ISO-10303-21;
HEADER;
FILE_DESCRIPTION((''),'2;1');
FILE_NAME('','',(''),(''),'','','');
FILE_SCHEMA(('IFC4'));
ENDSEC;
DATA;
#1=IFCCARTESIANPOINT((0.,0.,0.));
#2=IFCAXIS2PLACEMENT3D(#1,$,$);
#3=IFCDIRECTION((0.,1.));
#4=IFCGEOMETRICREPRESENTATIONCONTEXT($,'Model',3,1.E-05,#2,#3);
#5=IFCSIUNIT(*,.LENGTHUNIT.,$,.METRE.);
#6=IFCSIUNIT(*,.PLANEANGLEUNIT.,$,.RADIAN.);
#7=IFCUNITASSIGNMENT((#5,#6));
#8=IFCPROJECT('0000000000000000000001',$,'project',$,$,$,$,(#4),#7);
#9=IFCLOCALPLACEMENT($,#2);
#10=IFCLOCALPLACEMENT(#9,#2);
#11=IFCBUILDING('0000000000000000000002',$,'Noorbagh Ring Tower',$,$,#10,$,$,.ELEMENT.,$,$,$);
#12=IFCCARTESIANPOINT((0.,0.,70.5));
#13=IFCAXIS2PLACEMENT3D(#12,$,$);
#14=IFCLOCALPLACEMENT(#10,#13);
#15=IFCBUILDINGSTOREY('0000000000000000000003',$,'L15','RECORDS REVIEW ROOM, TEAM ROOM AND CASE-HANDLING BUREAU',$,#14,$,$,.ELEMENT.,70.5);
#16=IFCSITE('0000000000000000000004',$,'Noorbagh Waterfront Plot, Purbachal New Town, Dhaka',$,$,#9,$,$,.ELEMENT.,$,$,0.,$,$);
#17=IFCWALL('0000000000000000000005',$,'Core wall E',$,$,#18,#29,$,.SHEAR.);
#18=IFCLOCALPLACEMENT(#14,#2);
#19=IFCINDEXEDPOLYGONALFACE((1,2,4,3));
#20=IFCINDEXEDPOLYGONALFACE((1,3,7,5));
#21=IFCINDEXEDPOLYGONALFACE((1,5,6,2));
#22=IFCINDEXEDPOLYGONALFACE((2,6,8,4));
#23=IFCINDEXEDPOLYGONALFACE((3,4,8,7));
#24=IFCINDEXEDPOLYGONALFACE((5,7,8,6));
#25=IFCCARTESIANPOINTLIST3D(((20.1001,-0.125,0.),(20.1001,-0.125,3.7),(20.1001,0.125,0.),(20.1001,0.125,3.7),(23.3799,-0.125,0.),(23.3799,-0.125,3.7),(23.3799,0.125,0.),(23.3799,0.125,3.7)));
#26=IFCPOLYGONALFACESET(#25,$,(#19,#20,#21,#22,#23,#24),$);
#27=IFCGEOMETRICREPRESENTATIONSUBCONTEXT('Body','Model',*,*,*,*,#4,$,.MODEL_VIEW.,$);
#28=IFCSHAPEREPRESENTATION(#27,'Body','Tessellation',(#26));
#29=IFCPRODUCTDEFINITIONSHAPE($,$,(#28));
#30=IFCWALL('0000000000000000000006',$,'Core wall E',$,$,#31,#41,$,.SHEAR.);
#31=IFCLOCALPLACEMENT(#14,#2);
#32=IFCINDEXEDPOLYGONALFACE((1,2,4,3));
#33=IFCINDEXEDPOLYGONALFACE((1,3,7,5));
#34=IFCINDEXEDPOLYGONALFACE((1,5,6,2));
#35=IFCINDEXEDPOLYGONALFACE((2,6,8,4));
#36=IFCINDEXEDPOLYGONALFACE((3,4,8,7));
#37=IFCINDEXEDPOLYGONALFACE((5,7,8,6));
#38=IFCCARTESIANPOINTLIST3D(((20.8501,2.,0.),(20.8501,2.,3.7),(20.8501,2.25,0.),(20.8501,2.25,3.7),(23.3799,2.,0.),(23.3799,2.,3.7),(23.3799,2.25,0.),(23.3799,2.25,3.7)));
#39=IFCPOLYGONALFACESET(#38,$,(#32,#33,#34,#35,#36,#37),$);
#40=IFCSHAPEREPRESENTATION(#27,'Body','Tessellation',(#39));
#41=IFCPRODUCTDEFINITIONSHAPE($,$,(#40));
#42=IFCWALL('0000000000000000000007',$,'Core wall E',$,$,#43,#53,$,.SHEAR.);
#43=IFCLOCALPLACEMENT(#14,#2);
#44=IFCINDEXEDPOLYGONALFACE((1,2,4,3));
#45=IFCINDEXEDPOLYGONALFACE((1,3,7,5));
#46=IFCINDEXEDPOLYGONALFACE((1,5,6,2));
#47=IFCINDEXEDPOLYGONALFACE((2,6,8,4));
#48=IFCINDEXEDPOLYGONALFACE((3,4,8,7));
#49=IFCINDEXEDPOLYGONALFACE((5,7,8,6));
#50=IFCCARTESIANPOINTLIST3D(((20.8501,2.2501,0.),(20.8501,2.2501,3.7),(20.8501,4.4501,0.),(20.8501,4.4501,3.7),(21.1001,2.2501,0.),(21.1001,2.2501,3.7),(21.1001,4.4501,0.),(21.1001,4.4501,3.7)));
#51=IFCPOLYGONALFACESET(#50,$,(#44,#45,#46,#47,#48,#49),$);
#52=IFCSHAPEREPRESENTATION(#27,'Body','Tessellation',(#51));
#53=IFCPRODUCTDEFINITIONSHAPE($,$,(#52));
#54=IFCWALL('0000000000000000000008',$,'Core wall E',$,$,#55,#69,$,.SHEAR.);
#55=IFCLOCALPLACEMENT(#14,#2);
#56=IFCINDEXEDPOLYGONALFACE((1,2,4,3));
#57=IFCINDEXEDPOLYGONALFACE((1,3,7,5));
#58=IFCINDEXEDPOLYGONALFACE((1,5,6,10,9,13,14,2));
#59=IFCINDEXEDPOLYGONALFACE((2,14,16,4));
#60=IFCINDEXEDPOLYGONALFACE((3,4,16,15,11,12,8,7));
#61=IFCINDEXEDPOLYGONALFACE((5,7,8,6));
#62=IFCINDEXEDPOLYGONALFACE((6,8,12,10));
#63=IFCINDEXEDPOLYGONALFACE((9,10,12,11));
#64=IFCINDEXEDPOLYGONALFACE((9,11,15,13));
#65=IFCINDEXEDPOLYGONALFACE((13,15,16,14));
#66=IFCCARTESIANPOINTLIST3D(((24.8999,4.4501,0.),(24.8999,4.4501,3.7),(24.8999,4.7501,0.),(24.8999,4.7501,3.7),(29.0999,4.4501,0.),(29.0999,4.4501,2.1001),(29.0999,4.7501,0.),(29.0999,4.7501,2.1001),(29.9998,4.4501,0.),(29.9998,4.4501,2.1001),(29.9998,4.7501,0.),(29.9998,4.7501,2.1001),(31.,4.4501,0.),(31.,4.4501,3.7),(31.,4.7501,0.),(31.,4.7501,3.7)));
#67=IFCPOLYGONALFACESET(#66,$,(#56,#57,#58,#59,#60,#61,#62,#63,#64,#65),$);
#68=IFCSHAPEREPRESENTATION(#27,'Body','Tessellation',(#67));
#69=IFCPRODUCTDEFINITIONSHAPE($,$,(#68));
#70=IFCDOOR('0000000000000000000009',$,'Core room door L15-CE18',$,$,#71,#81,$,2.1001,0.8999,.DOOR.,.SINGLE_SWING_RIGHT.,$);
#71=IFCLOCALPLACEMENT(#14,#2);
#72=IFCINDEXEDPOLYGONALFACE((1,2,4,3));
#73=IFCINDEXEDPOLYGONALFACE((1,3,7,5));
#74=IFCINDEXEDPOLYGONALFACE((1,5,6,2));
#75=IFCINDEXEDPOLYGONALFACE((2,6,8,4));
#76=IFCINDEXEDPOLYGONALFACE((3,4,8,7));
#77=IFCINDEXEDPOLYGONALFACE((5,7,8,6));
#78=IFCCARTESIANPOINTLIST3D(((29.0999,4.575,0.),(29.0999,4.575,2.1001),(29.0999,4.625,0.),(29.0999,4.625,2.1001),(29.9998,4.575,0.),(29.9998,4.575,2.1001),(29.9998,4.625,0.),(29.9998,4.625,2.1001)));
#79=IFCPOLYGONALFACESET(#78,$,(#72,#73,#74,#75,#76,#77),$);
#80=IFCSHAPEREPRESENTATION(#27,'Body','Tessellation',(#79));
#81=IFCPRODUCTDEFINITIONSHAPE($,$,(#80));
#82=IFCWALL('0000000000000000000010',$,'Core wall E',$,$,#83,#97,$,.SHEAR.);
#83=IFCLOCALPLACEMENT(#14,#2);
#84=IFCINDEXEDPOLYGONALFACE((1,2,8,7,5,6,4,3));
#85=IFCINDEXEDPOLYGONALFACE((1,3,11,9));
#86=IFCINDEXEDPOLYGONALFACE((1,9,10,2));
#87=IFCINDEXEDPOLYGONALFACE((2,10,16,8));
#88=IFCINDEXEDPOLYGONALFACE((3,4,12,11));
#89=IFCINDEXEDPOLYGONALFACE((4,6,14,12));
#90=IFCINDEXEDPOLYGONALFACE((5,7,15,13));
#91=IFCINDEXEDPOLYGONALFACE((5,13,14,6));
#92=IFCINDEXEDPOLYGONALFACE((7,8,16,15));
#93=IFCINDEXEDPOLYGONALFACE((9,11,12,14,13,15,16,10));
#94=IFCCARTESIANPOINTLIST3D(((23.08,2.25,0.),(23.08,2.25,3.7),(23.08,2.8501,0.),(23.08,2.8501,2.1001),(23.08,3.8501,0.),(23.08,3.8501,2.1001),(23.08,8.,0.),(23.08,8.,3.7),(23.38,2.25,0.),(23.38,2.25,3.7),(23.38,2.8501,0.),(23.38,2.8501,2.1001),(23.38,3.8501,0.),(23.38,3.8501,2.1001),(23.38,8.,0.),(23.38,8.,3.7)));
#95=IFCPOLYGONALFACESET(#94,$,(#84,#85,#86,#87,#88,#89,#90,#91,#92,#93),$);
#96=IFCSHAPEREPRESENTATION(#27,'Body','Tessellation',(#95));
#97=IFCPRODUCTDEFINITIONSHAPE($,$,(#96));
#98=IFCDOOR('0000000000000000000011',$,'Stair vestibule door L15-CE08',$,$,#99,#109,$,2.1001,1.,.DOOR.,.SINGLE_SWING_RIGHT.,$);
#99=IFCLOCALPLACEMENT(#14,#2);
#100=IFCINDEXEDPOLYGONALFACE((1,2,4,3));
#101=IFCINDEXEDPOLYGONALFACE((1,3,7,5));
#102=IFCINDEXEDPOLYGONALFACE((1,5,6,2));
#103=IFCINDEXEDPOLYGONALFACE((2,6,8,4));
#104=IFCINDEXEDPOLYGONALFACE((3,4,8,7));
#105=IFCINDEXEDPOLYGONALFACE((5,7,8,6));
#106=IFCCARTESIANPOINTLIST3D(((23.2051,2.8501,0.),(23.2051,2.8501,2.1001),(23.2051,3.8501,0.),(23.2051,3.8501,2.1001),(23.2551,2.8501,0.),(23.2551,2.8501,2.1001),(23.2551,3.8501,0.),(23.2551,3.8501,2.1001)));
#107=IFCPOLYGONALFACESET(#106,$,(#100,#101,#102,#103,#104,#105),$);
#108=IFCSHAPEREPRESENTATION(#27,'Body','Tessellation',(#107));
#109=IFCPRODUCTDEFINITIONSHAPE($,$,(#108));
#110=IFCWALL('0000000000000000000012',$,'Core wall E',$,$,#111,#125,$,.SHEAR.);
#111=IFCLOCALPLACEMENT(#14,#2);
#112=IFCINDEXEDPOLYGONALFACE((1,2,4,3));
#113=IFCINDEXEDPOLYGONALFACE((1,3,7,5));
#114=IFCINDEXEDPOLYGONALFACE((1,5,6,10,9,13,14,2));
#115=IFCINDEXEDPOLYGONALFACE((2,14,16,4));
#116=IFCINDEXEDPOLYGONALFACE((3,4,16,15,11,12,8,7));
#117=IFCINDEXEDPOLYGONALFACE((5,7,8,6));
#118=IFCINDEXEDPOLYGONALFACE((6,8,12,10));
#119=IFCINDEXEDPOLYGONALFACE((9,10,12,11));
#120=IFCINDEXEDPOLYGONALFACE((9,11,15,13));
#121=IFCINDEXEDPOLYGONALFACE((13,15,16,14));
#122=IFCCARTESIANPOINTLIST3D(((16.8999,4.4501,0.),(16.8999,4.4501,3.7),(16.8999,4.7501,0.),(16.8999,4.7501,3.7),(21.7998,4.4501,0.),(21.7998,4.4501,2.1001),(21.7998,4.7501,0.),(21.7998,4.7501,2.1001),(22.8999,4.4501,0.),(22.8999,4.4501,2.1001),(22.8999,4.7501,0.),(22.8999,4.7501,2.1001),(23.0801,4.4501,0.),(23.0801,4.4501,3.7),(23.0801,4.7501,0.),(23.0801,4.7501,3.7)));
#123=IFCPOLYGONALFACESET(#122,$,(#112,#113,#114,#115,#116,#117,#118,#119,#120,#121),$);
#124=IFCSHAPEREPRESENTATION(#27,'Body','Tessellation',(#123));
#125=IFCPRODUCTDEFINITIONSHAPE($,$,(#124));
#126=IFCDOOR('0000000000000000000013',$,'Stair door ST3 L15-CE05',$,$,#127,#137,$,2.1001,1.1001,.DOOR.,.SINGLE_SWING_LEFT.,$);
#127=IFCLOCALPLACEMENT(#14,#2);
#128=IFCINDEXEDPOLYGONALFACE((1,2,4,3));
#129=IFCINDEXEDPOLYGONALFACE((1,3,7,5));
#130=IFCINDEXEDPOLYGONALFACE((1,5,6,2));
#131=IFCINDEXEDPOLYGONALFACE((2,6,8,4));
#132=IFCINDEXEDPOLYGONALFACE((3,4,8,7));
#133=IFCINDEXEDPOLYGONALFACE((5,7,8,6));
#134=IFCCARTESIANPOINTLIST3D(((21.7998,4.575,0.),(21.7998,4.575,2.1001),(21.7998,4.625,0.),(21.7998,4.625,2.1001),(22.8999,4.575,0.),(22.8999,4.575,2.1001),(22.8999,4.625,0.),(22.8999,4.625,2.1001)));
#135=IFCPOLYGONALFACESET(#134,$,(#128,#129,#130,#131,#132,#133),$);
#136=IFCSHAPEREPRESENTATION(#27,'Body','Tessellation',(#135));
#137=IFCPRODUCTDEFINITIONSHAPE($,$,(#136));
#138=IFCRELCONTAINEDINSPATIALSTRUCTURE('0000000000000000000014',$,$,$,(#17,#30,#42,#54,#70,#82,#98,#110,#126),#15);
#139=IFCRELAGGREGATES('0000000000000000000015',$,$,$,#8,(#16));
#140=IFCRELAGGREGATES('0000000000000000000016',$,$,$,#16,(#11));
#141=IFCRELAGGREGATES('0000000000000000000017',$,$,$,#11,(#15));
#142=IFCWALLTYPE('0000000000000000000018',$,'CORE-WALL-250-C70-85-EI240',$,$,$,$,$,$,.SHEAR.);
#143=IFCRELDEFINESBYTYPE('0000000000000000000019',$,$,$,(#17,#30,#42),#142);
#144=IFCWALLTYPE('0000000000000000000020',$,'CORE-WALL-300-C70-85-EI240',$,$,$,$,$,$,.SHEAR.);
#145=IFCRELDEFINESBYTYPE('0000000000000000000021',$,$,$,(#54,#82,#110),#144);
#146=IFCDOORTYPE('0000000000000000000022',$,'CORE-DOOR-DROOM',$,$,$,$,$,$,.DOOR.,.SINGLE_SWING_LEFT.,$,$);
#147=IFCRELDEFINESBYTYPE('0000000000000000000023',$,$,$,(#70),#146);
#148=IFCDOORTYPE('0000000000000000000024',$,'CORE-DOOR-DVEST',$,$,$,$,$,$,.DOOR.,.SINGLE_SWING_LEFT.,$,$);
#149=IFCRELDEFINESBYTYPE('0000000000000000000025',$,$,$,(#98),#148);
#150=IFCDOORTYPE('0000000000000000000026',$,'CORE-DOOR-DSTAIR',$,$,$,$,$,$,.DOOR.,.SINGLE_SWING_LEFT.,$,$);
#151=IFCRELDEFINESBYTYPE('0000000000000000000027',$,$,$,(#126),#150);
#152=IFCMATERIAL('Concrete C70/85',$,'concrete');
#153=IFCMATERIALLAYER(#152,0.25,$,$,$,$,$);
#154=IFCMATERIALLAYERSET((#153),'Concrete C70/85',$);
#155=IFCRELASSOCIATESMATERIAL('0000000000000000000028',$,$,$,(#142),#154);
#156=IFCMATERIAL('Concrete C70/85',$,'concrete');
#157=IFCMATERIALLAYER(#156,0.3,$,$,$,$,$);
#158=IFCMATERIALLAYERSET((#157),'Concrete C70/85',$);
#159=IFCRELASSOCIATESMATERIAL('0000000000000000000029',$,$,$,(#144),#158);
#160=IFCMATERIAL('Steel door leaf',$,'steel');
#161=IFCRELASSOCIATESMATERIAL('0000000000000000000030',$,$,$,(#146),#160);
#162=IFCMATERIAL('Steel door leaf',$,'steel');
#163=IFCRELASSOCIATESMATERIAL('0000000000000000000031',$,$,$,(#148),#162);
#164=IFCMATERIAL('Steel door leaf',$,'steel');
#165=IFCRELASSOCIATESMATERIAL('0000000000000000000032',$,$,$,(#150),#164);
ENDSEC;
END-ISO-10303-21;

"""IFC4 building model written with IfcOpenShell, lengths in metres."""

from ifc_helpers import new_model, si_unit, direction, frame, frame_2d, origin, place, context, subcontext, project, spatial, rectangle, extrude, material, layer, layer_set, type_object, element, fill, save


model = new_model("IFC4")

# Units and contexts
model_context = context("Model", 3, precision=1e-05, world=origin(), true_north=direction((0.0, 1.0)))
body_context = subcontext(model_context, "Body", "Model", "MODEL_VIEW")
ifc_project = project(units=[si_unit("LENGTHUNIT", "METRE"), si_unit("PLANEANGLEUNIT", "RADIAN")], contexts=[model_context])

# Site, building, storey
site_placement = place(None, origin())
site = spatial("IfcSite", under=ifc_project, at=site_placement, Name="Noorbagh Waterfront Plot, Purbachal New Town, Dhaka", CompositionType="ELEMENT", RefElevation=0.0)
building_placement = place(site_placement, origin())
building = spatial("IfcBuilding", under=site, at=building_placement, Name="Noorbagh Ring Tower", CompositionType="ELEMENT")
storey_placement = place(building_placement, frame((0.0, 0.0, 70.5)))
storey = spatial("IfcBuildingStorey", under=building, at=storey_placement, Name="L15", Description="RECORDS REVIEW ROOM, TEAM ROOM AND CASE-HANDLING BUREAU", CompositionType="ELEMENT", Elevation=70.5)

# Walls
ifc_material_1 = material(Name="Concrete C70/85", Category="concrete")
ifc_layer_1 = layer(ifc_material_1, 0.25)
ifc_layer_set_1 = layer_set([ifc_layer_1], Name="Concrete C70/85")
wall_type_1 = type_object("IfcWallType", Name="CORE-WALL-250-C70-85-EI240", PredefinedType="SHEAR", material=ifc_layer_set_1)
wall_1_placement = place(storey_placement, frame((20.1001, 0.0, 0.0), z_axis=(0.0, 0.0, 1.0), x_axis=(1.0, 0.0, 0.0)))
element("IfcWall", 1, at=wall_1_placement, inside=storey, type_object=wall_type_1, Name="Core wall E", PredefinedType="SHEAR", context=body_context, shape_type="SweptSolid", body=[
    extrude(rectangle(XDim=3.2798, YDim=0.25, at=frame_2d((1.6399, 0.0))), origin(), (0.0, 0.0, 1.0), 3.7),
])
wall_2_placement = place(storey_placement, frame((20.8501, 2.125, 0.0), z_axis=(0.0, 0.0, 1.0), x_axis=(1.0, 0.0, 0.0)))
element("IfcWall", 2, at=wall_2_placement, inside=storey, type_object=wall_type_1, Name="Core wall E", PredefinedType="SHEAR", context=body_context, shape_type="SweptSolid", body=[
    extrude(rectangle(XDim=2.5298, YDim=0.25, at=frame_2d((1.2649, 0.0))), origin(), (0.0, 0.0, 1.0), 3.7),
])
wall_3_placement = place(storey_placement, frame((20.9751, 2.25, 0.0), z_axis=(0.0, 0.0, 1.0), x_axis=(0.0, 1.0, 0.0)))
element("IfcWall", 3, at=wall_3_placement, inside=storey, type_object=wall_type_1, Name="Core wall E", PredefinedType="SHEAR", context=body_context, shape_type="SweptSolid", body=[
    extrude(rectangle(XDim=2.2, YDim=0.25, at=frame_2d((1.1001, 0.0))), origin(), (0.0, 0.0, 1.0), 3.7),
])

# Walls, openings, doors
ifc_material_2 = material(Name="Concrete C70/85", Category="concrete")
ifc_layer_2 = layer(ifc_material_2, 0.3)
ifc_layer_set_2 = layer_set([ifc_layer_2], Name="Concrete C70/85")
wall_type_2 = type_object("IfcWallType", Name="CORE-WALL-300-C70-85-EI240", PredefinedType="SHEAR", material=ifc_layer_set_2)
wall_4_placement = place(storey_placement, frame((24.8999, 4.6001, 0.0), z_axis=(0.0, 0.0, 1.0), x_axis=(1.0, 0.0, 0.0)))
wall_4 = element("IfcWall", 4, at=wall_4_placement, inside=storey, type_object=wall_type_2, Name="Core wall E", PredefinedType="SHEAR", context=body_context, shape_type="SweptSolid", body=[
    extrude(rectangle(XDim=6.1001, YDim=0.3, at=frame_2d((3.05, 0.0))), origin(), (0.0, 0.0, 1.0), 3.7),
])
opening_1_placement = place(wall_4_placement, frame((4.2, 0.0, 0.0)))
opening_1 = element("IfcOpeningElement", 5, at=opening_1_placement, cuts=wall_4, PredefinedType="OPENING", context=body_context, shape_type="SweptSolid", body=[
    extrude(rectangle(XDim=0.8999, YDim=2.1001, at=frame_2d((0.45, 1.05))), frame((0.0, 0.1602, 0.0), z_axis=(0.0, -1.0, 0.0), x_axis=(1.0, 0.0, 0.0)), (0.0, 0.0, 1.0), 0.3201),
])
ifc_material_3 = material(Name="Steel door leaf", Category="steel")
door_type_1 = type_object("IfcDoorType", Name="CORE-DOOR-DROOM", OperationType="SINGLE_SWING_LEFT", PredefinedType="DOOR", material=ifc_material_3)
door_1_placement = place(opening_1_placement, origin())
door_1 = element("IfcDoor", 6, at=door_1_placement, inside=storey, type_object=door_type_1, Name="Core room door L15-CE18", OperationType="SINGLE_SWING_RIGHT", OverallHeight=2.1001, OverallWidth=0.8999, PredefinedType="DOOR", context=body_context, shape_type="SweptSolid", body=[
    extrude(rectangle(XDim=0.8999, YDim=2.1001, at=frame_2d((0.45, 1.05))), frame((0.0, 0.0249, 0.0), z_axis=(0.0, -1.0, 0.0), x_axis=(1.0, 0.0, 0.0)), (0.0, 0.0, 1.0), 0.05),
])
fill(opening_1, door_1)
wall_5_placement = place(storey_placement, frame((23.23, 2.25, 0.0), z_axis=(0.0, 0.0, 1.0), x_axis=(0.0, 1.0, 0.0)))
wall_5 = element("IfcWall", 7, at=wall_5_placement, inside=storey, type_object=wall_type_2, Name="Core wall E", PredefinedType="SHEAR", context=body_context, shape_type="SweptSolid", body=[
    extrude(rectangle(XDim=5.75, YDim=0.3, at=frame_2d((2.875, 0.0))), origin(), (0.0, 0.0, 1.0), 3.7),
])
opening_2_placement = place(wall_5_placement, frame((0.6001, 0.0, 0.0)))
opening_2 = element("IfcOpeningElement", 8, at=opening_2_placement, cuts=wall_5, PredefinedType="OPENING", context=body_context, shape_type="SweptSolid", body=[
    extrude(rectangle(XDim=1.0, YDim=2.1001, at=frame_2d((0.5, 1.05))), frame((0.0, 0.1602, 0.0), z_axis=(0.0, -1.0, 0.0), x_axis=(1.0, 0.0, 0.0)), (0.0, 0.0, 1.0), 0.3201),
])
ifc_material_4 = material(Name="Steel door leaf", Category="steel")
door_type_2 = type_object("IfcDoorType", Name="CORE-DOOR-DVEST", OperationType="SINGLE_SWING_LEFT", PredefinedType="DOOR", material=ifc_material_4)
door_2_placement = place(opening_2_placement, origin())
door_2 = element("IfcDoor", 9, at=door_2_placement, inside=storey, type_object=door_type_2, Name="Stair vestibule door L15-CE08", OperationType="SINGLE_SWING_RIGHT", OverallHeight=2.1001, OverallWidth=1.0, PredefinedType="DOOR", context=body_context, shape_type="SweptSolid", body=[
    extrude(rectangle(XDim=1.0, YDim=2.1001, at=frame_2d((0.5, 1.05))), frame((0.0, 0.0249, 0.0), z_axis=(0.0, -1.0, 0.0), x_axis=(1.0, 0.0, 0.0)), (0.0, 0.0, 1.0), 0.05),
])
fill(opening_2, door_2)
wall_6_placement = place(storey_placement, frame((16.8999, 4.6001, 0.0), z_axis=(0.0, 0.0, 1.0), x_axis=(1.0, 0.0, 0.0)))
wall_6 = element("IfcWall", 10, at=wall_6_placement, inside=storey, type_object=wall_type_2, Name="Core wall E", PredefinedType="SHEAR", context=body_context, shape_type="SweptSolid", body=[
    extrude(rectangle(XDim=6.1802, YDim=0.3, at=frame_2d((3.0901, 0.0))), origin(), (0.0, 0.0, 1.0), 3.7),
])
opening_3_placement = place(wall_6_placement, frame((4.8999, 0.0, 0.0)))
opening_3 = element("IfcOpeningElement", 11, at=opening_3_placement, cuts=wall_6, PredefinedType="OPENING", context=body_context, shape_type="SweptSolid", body=[
    extrude(rectangle(XDim=1.1001, YDim=2.1001, at=frame_2d((0.55, 1.05))), frame((0.0, 0.1602, 0.0), z_axis=(0.0, -1.0, 0.0), x_axis=(1.0, 0.0, 0.0)), (0.0, 0.0, 1.0), 0.3201),
])
ifc_material_5 = material(Name="Steel door leaf", Category="steel")
door_type_3 = type_object("IfcDoorType", Name="CORE-DOOR-DSTAIR", OperationType="SINGLE_SWING_LEFT", PredefinedType="DOOR", material=ifc_material_5)
door_3_placement = place(opening_3_placement, origin())
door_3 = element("IfcDoor", 12, at=door_3_placement, inside=storey, type_object=door_type_3, Name="Stair door ST3 L15-CE05", OperationType="SINGLE_SWING_LEFT", OverallHeight=2.1001, OverallWidth=1.1001, PredefinedType="DOOR", context=body_context, shape_type="SweptSolid", body=[
    extrude(rectangle(XDim=1.1001, YDim=2.1001, at=frame_2d((0.55, 1.05))), frame((0.0, 0.0249, 0.0), z_axis=(0.0, -1.0, 0.0), x_axis=(1.0, 0.0, 0.0)), (0.0, 0.0, 1.0), 0.05),
])
fill(opening_3, door_3)

save(model, "model.ifc")
